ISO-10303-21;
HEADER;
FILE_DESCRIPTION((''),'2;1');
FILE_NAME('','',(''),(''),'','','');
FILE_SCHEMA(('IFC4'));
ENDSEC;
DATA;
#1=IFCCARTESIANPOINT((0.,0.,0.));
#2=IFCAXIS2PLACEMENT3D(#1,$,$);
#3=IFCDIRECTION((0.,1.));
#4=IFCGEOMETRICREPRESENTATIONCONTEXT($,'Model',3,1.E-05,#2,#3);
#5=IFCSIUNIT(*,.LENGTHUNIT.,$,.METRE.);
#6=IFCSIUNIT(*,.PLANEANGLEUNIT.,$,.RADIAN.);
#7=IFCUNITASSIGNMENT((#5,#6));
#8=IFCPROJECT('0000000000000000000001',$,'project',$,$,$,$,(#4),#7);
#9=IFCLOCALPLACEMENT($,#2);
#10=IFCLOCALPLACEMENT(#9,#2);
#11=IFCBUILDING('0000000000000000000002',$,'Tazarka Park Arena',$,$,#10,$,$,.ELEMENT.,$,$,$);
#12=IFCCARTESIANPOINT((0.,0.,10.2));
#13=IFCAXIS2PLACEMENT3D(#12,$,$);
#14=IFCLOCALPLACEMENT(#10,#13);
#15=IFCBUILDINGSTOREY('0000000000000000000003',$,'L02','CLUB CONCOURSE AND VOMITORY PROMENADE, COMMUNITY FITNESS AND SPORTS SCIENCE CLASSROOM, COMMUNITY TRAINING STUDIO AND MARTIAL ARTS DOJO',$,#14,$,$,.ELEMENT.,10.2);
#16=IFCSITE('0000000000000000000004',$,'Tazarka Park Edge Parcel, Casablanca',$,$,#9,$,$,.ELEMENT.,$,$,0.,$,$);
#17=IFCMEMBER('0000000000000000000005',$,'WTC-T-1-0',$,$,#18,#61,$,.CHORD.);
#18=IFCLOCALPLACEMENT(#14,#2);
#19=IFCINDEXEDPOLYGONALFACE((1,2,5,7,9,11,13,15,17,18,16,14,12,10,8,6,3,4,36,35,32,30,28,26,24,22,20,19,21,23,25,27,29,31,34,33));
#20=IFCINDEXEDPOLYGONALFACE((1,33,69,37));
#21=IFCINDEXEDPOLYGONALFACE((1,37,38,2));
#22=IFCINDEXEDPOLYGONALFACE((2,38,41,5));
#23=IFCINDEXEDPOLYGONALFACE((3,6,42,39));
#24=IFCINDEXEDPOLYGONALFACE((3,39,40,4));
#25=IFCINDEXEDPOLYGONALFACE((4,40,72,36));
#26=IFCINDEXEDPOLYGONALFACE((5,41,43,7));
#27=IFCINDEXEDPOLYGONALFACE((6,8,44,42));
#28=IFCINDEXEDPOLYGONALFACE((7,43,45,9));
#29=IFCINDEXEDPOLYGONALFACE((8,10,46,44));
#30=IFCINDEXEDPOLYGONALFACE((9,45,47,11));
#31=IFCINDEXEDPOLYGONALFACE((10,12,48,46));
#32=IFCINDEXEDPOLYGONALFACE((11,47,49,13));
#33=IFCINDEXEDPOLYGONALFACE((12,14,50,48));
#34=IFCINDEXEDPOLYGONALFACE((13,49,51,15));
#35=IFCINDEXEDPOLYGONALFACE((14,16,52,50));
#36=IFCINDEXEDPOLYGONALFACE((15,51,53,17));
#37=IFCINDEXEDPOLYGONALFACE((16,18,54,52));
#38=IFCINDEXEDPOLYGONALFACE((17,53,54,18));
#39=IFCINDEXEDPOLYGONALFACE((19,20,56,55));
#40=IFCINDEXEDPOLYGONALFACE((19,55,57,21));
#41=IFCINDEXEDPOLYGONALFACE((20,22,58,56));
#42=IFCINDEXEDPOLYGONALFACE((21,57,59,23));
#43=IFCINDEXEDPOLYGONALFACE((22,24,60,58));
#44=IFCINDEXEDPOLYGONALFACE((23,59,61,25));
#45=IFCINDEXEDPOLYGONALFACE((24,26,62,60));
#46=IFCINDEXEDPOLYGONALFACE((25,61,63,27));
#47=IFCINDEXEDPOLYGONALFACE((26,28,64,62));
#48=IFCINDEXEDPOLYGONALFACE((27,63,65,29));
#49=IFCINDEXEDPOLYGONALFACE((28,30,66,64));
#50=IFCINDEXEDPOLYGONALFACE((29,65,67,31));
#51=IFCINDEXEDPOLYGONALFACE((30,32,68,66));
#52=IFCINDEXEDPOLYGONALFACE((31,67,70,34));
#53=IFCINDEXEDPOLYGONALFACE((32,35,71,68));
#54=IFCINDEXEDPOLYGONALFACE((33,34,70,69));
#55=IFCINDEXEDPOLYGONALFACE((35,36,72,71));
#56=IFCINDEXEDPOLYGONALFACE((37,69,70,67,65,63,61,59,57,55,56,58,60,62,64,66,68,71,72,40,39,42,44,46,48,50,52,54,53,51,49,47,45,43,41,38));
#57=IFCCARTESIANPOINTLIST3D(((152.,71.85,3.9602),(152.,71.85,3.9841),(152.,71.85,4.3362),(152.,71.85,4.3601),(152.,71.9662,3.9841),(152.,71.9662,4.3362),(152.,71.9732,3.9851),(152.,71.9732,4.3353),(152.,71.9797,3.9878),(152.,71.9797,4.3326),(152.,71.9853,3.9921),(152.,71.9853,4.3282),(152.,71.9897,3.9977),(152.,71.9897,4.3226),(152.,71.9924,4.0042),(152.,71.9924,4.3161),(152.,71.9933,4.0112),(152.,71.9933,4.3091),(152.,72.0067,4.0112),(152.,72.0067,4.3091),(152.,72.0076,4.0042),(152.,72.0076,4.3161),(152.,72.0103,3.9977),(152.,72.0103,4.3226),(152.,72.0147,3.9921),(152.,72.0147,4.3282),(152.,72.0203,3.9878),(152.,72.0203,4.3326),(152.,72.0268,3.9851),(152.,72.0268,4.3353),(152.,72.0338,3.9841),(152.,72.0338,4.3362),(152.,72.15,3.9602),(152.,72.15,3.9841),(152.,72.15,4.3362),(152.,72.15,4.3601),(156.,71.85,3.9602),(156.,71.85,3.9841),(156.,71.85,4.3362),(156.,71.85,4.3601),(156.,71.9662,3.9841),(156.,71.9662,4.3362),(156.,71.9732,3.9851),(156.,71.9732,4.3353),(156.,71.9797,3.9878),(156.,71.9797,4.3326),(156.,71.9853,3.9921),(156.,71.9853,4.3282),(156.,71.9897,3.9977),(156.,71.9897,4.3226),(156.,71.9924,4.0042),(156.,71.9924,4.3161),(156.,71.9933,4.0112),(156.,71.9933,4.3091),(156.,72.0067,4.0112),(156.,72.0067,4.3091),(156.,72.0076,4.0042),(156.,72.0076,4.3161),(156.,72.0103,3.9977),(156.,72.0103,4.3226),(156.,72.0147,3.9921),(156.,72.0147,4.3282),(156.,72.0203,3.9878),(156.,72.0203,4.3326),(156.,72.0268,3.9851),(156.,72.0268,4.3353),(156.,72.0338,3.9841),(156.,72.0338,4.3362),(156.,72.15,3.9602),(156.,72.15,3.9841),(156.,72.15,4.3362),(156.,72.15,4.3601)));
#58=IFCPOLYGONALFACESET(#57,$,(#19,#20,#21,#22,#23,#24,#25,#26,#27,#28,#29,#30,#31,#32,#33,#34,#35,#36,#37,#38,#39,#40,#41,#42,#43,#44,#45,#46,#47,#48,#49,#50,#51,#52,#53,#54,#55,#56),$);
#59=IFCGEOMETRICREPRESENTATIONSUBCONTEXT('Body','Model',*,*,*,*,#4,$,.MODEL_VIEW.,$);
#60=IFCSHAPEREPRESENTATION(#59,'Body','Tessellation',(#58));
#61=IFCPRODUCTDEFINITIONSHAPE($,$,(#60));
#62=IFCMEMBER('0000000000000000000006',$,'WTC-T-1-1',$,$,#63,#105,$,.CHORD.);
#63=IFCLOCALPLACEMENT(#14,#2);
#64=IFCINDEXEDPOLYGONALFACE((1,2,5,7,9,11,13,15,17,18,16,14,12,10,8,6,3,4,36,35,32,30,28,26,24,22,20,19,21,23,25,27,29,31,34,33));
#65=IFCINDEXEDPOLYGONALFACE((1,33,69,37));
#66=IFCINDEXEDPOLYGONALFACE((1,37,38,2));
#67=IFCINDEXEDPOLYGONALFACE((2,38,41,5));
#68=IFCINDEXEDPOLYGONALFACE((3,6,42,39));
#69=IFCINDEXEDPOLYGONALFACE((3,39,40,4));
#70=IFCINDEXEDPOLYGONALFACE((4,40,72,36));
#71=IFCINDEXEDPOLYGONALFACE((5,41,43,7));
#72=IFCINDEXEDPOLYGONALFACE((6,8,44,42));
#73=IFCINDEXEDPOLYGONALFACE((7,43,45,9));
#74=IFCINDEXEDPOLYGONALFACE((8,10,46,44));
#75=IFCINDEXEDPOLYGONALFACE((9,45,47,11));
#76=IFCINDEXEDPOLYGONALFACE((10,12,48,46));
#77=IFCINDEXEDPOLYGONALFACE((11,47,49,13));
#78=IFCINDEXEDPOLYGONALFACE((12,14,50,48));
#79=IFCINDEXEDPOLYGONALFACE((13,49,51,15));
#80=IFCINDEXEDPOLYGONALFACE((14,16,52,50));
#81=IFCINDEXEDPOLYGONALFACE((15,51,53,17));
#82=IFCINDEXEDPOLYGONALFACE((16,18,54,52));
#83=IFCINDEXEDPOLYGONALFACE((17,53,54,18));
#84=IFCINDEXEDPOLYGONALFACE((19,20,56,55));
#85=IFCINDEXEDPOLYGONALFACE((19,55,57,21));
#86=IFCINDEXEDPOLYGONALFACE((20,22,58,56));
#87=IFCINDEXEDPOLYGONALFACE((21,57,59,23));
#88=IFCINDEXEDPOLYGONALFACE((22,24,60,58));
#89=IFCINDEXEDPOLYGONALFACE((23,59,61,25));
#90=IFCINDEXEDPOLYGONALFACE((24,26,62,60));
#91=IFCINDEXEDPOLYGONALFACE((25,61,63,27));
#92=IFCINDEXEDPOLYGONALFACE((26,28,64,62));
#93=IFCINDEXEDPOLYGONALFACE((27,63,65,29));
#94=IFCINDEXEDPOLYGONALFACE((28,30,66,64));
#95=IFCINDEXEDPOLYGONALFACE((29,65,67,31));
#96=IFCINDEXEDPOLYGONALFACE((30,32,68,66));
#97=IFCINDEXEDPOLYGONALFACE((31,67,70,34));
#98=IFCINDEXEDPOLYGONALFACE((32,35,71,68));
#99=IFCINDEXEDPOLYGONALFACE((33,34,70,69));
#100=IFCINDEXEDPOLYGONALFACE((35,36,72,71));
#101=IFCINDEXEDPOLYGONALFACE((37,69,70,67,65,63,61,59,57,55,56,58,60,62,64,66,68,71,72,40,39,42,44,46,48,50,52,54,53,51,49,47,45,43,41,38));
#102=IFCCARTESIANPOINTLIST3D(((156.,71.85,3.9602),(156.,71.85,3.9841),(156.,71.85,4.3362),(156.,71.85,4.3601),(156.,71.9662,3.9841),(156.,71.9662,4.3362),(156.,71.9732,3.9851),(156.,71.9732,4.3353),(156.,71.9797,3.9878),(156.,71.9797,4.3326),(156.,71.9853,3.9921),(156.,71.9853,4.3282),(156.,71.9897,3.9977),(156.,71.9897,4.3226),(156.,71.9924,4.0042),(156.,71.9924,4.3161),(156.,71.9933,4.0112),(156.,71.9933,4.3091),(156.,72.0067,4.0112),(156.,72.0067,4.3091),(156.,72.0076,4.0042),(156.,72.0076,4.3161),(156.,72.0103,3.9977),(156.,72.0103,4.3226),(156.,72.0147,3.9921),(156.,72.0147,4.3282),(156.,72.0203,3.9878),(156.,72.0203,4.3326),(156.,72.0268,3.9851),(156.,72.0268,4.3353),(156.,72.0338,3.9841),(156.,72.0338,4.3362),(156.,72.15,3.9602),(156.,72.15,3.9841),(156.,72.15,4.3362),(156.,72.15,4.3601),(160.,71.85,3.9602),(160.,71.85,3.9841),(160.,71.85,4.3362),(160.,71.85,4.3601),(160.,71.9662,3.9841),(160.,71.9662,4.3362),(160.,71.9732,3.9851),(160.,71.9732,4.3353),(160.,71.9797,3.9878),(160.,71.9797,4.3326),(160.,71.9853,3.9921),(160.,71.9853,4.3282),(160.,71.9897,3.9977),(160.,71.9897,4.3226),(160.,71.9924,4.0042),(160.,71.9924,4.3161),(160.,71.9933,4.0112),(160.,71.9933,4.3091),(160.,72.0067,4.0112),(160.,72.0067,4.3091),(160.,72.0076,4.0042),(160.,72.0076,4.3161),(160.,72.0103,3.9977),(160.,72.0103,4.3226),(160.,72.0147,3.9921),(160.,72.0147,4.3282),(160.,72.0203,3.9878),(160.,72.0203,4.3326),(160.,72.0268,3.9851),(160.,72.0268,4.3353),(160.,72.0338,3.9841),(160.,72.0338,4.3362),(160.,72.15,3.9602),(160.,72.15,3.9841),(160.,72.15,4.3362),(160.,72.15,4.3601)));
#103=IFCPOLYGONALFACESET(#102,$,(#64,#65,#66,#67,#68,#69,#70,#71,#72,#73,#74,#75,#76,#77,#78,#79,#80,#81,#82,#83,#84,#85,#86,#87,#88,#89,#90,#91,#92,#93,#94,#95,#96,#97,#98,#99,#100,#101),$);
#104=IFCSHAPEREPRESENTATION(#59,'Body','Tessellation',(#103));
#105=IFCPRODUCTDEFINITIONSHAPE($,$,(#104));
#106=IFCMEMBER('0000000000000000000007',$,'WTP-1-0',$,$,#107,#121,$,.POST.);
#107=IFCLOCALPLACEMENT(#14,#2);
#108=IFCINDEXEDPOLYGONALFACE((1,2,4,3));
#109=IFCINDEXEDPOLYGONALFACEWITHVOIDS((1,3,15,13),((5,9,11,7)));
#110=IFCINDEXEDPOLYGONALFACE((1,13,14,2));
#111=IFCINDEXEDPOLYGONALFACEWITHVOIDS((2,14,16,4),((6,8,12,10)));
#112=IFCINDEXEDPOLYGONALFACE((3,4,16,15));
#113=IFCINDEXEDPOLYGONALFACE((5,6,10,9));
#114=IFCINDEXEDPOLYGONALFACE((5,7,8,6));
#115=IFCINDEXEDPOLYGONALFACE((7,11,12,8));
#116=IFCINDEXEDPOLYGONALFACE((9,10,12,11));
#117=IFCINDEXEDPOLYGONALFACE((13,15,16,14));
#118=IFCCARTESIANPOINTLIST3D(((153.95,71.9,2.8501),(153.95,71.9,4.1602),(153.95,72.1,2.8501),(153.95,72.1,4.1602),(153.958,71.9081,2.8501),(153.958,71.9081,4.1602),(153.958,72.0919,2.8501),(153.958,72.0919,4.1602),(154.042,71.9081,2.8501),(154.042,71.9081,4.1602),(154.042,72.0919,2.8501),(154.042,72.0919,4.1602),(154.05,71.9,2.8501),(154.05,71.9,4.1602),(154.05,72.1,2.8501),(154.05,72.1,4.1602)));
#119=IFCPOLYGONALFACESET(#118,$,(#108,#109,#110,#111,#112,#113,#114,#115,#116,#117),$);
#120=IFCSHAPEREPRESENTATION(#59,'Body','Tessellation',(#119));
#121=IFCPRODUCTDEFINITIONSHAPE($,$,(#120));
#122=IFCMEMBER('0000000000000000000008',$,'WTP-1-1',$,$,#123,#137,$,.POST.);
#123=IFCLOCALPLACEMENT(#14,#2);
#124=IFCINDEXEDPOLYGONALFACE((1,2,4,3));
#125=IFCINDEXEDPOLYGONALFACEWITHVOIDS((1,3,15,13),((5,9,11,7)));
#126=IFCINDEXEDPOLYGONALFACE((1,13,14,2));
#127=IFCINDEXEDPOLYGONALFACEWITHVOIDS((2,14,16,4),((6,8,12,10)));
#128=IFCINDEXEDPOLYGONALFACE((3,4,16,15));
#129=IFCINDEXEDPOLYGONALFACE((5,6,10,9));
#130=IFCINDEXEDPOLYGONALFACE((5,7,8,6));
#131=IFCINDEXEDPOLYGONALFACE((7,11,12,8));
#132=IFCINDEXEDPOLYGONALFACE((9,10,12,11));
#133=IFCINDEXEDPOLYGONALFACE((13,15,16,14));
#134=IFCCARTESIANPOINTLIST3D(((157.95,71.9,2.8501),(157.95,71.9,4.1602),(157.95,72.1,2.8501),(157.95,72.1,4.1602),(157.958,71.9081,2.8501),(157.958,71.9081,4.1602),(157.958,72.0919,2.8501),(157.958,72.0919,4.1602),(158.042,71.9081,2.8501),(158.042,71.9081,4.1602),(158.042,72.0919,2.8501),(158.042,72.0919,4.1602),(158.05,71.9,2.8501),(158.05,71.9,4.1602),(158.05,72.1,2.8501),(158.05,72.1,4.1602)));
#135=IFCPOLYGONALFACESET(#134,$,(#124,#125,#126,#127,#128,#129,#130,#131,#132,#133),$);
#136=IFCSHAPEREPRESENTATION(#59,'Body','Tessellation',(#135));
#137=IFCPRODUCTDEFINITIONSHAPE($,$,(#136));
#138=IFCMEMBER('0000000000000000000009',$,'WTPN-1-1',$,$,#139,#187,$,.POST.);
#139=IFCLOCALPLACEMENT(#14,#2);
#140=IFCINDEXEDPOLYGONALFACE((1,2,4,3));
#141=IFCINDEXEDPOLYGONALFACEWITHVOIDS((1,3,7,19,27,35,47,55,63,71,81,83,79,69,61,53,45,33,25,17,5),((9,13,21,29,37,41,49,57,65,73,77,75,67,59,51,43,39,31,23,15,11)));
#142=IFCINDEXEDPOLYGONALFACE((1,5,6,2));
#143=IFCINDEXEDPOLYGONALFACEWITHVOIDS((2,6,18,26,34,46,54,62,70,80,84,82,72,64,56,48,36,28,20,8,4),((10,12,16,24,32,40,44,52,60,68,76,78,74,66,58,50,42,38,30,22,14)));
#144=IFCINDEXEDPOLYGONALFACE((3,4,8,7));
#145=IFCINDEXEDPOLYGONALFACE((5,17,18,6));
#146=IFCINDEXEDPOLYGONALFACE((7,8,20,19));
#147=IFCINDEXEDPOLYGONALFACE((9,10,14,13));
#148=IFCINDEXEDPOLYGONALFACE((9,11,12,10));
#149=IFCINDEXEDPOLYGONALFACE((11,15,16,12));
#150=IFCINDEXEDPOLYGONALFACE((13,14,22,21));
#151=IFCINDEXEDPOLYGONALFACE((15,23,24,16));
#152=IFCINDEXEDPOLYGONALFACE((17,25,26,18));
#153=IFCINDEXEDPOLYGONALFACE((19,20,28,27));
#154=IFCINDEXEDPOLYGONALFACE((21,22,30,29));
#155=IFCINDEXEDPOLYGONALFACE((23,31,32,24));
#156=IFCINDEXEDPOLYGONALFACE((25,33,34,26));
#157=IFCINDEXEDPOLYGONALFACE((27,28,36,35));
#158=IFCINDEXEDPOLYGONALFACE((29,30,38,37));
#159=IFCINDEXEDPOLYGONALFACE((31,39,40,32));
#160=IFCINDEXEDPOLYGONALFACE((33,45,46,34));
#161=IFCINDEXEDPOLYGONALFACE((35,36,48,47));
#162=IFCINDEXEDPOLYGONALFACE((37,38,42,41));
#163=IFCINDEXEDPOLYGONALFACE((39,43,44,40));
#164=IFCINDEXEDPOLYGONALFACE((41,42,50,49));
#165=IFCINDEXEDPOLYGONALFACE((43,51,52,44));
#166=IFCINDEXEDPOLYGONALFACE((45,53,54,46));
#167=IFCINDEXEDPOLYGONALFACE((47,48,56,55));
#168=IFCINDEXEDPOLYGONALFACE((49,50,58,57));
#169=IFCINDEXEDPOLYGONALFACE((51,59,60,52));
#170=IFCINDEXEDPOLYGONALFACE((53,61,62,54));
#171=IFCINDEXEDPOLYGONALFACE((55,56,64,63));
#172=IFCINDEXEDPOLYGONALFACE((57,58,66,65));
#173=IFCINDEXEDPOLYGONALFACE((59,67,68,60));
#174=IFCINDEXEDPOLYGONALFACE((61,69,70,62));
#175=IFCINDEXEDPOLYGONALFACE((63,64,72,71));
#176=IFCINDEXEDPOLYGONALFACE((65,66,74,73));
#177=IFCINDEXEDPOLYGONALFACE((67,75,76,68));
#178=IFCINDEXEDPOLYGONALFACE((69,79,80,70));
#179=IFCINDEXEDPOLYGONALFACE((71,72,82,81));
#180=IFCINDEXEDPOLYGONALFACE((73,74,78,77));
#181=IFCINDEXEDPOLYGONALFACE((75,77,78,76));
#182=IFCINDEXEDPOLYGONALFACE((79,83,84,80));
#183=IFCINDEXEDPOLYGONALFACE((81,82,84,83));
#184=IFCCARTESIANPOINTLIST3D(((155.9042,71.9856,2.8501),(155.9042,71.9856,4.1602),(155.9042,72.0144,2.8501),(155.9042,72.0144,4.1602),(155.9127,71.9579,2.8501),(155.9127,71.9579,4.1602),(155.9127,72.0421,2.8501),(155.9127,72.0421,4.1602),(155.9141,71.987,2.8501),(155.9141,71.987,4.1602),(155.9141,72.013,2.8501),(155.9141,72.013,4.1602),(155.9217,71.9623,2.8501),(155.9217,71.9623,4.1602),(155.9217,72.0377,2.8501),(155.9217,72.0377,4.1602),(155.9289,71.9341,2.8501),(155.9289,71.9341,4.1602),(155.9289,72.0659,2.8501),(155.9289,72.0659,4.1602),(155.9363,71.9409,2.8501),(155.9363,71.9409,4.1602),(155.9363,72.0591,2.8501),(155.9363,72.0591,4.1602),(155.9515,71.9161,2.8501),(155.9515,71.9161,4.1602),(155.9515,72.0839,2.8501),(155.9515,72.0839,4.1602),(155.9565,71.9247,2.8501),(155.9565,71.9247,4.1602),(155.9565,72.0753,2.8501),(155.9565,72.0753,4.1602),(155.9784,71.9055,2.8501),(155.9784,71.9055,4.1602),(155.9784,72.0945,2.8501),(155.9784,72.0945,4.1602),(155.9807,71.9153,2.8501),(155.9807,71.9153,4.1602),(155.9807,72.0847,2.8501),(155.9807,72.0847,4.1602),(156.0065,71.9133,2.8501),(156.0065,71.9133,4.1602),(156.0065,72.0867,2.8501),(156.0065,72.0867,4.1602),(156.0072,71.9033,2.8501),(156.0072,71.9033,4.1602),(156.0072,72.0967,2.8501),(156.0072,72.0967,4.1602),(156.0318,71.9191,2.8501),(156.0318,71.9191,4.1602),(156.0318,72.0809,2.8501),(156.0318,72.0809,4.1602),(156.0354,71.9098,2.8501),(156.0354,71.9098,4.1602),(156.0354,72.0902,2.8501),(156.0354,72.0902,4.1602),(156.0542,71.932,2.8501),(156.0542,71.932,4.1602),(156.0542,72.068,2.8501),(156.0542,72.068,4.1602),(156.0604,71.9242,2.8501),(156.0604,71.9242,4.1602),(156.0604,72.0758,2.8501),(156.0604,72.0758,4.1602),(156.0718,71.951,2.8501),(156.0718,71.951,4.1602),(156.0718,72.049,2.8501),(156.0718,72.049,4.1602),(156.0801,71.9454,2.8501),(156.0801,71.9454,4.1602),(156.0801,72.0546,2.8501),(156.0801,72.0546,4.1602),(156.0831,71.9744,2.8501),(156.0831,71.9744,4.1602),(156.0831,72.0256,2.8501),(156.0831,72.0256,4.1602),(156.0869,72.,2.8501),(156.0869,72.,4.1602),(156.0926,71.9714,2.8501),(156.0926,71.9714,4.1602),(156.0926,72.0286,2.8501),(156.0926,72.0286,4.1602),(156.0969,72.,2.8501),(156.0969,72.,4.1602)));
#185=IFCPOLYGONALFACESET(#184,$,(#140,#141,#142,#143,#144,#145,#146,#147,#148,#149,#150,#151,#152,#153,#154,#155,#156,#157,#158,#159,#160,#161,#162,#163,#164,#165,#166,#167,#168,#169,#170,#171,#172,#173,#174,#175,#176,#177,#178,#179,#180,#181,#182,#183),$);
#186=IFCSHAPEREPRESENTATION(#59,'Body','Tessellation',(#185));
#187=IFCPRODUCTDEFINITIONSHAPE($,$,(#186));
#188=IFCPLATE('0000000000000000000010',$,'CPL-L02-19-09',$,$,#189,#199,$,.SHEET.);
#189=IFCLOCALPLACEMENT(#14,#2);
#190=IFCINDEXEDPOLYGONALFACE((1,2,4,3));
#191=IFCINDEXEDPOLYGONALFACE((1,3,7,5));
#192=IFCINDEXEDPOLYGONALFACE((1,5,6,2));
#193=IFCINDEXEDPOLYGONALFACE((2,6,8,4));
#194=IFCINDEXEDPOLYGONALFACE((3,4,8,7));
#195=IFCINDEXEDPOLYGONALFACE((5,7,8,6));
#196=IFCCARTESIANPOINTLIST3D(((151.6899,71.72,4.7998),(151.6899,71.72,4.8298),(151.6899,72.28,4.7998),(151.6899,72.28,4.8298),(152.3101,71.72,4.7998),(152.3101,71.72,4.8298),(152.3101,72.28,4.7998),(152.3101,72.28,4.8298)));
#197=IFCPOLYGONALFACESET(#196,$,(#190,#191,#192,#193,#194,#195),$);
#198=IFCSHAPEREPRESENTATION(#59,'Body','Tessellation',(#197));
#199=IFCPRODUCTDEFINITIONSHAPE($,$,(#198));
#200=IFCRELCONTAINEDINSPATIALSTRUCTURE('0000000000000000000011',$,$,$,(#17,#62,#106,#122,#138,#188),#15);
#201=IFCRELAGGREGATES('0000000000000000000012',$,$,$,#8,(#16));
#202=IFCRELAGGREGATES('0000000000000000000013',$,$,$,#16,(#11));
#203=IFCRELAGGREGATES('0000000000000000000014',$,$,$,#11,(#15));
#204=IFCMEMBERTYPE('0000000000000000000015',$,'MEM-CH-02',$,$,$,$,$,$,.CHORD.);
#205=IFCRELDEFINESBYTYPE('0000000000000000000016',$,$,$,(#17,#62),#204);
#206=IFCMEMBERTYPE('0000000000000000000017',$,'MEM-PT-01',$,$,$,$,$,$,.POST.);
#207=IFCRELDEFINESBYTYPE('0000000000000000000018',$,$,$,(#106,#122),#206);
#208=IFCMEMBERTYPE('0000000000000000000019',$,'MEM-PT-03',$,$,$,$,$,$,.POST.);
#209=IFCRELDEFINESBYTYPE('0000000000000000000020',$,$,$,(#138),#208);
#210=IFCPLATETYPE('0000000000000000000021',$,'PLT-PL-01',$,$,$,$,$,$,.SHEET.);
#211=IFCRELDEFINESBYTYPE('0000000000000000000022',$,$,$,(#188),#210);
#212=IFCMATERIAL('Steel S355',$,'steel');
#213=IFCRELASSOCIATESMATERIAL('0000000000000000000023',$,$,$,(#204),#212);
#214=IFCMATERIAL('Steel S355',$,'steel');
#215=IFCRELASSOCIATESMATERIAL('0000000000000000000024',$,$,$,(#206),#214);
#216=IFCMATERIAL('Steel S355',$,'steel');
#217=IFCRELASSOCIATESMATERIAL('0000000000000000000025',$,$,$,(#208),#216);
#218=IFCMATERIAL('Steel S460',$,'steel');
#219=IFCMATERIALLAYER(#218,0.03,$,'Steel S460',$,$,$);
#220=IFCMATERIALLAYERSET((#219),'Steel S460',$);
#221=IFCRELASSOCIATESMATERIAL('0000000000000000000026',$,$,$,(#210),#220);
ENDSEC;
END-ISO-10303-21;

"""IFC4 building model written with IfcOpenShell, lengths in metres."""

from ifc_helpers import new_model, si_unit, direction, frame, origin, origin_2d, place, context, subcontext, project, spatial, rectangle, hollow_rectangle, hollow_circle, i_section, extrude, material, layer, layer_set, material_profile, profile_set, type_object, element, save


model = new_model("IFC4")

# Units and contexts
model_context = context("Model", 3, precision=1e-05, world=origin(), true_north=direction((0.0, 1.0)))
body_context = subcontext(model_context, "Body", "Model", "MODEL_VIEW")
ifc_project = project(units=[si_unit("LENGTHUNIT", "METRE"), si_unit("PLANEANGLEUNIT", "RADIAN")], contexts=[model_context])

# Site, building, storey
site_placement = place(None, origin())
site = spatial("IfcSite", under=ifc_project, at=site_placement, Name="Tazarka Park Edge Parcel, Casablanca", CompositionType="ELEMENT", RefElevation=0.0)
building_placement = place(site_placement, origin())
building = spatial("IfcBuilding", under=site, at=building_placement, Name="Tazarka Park Arena", CompositionType="ELEMENT")
storey_placement = place(building_placement, frame((0.0, 0.0, 10.2)))
storey = spatial("IfcBuildingStorey", under=building, at=storey_placement, Name="L02", Description="CLUB CONCOURSE AND VOMITORY PROMENADE, COMMUNITY FITNESS AND SPORTS SCIENCE CLASSROOM, COMMUNITY TRAINING STUDIO AND MARTIAL ARTS DOJO", CompositionType="ELEMENT", Elevation=10.2)

# Members
ifc_material_1 = material(Name="Steel S355", Category="steel")
ifc_material_profile_1 = material_profile(ifc_material_1, i_section(OverallWidth=0.3, OverallDepth=0.3999, WebThickness=0.0134, FlangeThickness=0.0239, FilletRadius=0.0271, at=origin_2d()), Name="Steel S355")
ifc_profile_set_1 = profile_set([ifc_material_profile_1], Name="Steel S355")
member_type_1 = type_object("IfcMemberType", Name="MEM-CH-02", PredefinedType="CHORD", material=ifc_profile_set_1)
for number, where, z_axis, x_axis, name in (
    (1, (152.0, 72.0, 4.1602), (1.0, 0.0, 0.0), (0.0, 1.0, 0.0), "WTC-T-1-0"),
    (2, (156.0, 72.0, 4.1602), (1.0, 0.0, 0.0), (0.0, 1.0, 0.0), "WTC-T-1-1"),
):
    element("IfcMember", number, at=place(storey_placement, frame(where, z_axis=z_axis, x_axis=x_axis)), inside=storey, type_object=member_type_1, Name=name, PredefinedType="CHORD", context=body_context, shape_type="SweptSolid", body=[
        extrude(i_section(OverallWidth=0.3, OverallDepth=0.3999, WebThickness=0.0134, FlangeThickness=0.0239, FilletRadius=0.0271, at=origin_2d()), origin(), (0.0, 0.0, 1.0), 4.0),
    ])
ifc_material_2 = material(Name="Steel S355", Category="steel")
ifc_material_profile_2 = material_profile(ifc_material_2, hollow_rectangle(XDim=0.1001, YDim=0.2, WallThickness=0.0081, at=origin_2d()), Name="Steel S355")
ifc_profile_set_2 = profile_set([ifc_material_profile_2], Name="Steel S355")
member_type_2 = type_object("IfcMemberType", Name="MEM-PT-01", PredefinedType="POST", material=ifc_profile_set_2)
for number, where, z_axis, x_axis, name in (
    (3, (154.0, 72.0, 2.8501), (0.0, 0.0, 1.0), (1.0, 0.0, 0.0), "WTP-1-0"),
    (4, (158.0, 72.0, 2.8501), (0.0, 0.0, 1.0), (1.0, 0.0, 0.0), "WTP-1-1"),
):
    element("IfcMember", number, at=place(storey_placement, frame(where, z_axis=z_axis, x_axis=x_axis)), inside=storey, type_object=member_type_2, Name=name, PredefinedType="POST", context=body_context, shape_type="SweptSolid", body=[
        extrude(hollow_rectangle(XDim=0.1001, YDim=0.2, WallThickness=0.0081, at=origin_2d()), origin(), (0.0, 0.0, 1.0), 1.3101),
    ])
ifc_material_3 = material(Name="Steel S355", Category="steel")
ifc_material_profile_3 = material_profile(ifc_material_3, hollow_circle(Radius=0.0969, WallThickness=0.01, at=origin_2d()), Name="Steel S355")
ifc_profile_set_3 = profile_set([ifc_material_profile_3], Name="Steel S355")
member_type_3 = type_object("IfcMemberType", Name="MEM-PT-03", PredefinedType="POST", material=ifc_profile_set_3)
member_placement = place(storey_placement, frame((156.0, 72.0, 2.8501), z_axis=(0.0, 0.0, 1.0), x_axis=(1.0, 0.0, 0.0)))
element("IfcMember", 5, at=member_placement, inside=storey, type_object=member_type_3, Name="WTPN-1-1", PredefinedType="POST", context=body_context, shape_type="SweptSolid", body=[
    extrude(hollow_circle(Radius=0.0969, WallThickness=0.01, at=origin_2d()), origin(), (0.0, 0.0, 1.0), 1.3101),
])

# Plate
ifc_material_4 = material(Name="Steel S460", Category="steel")
ifc_layer_1 = layer(ifc_material_4, 0.03, Name="Steel S460")
ifc_layer_set_1 = layer_set([ifc_layer_1], Name="Steel S460")
plate_type_1 = type_object("IfcPlateType", Name="PLT-PL-01", PredefinedType="SHEET", material=ifc_layer_set_1)
plate_1_placement = place(storey_placement, frame((152.0, 72.0, 4.7998), z_axis=(0.0, 0.0, 1.0), x_axis=(1.0, 0.0, 0.0)))
element("IfcPlate", 6, at=plate_1_placement, inside=storey, type_object=plate_type_1, Name="CPL-L02-19-09", PredefinedType="SHEET", context=body_context, shape_type="SweptSolid", body=[
    extrude(rectangle(XDim=0.6201, YDim=0.5601, at=origin_2d()), origin(), (0.0, 0.0, 1.0), 0.03),
])

save(model, "model.ifc")
